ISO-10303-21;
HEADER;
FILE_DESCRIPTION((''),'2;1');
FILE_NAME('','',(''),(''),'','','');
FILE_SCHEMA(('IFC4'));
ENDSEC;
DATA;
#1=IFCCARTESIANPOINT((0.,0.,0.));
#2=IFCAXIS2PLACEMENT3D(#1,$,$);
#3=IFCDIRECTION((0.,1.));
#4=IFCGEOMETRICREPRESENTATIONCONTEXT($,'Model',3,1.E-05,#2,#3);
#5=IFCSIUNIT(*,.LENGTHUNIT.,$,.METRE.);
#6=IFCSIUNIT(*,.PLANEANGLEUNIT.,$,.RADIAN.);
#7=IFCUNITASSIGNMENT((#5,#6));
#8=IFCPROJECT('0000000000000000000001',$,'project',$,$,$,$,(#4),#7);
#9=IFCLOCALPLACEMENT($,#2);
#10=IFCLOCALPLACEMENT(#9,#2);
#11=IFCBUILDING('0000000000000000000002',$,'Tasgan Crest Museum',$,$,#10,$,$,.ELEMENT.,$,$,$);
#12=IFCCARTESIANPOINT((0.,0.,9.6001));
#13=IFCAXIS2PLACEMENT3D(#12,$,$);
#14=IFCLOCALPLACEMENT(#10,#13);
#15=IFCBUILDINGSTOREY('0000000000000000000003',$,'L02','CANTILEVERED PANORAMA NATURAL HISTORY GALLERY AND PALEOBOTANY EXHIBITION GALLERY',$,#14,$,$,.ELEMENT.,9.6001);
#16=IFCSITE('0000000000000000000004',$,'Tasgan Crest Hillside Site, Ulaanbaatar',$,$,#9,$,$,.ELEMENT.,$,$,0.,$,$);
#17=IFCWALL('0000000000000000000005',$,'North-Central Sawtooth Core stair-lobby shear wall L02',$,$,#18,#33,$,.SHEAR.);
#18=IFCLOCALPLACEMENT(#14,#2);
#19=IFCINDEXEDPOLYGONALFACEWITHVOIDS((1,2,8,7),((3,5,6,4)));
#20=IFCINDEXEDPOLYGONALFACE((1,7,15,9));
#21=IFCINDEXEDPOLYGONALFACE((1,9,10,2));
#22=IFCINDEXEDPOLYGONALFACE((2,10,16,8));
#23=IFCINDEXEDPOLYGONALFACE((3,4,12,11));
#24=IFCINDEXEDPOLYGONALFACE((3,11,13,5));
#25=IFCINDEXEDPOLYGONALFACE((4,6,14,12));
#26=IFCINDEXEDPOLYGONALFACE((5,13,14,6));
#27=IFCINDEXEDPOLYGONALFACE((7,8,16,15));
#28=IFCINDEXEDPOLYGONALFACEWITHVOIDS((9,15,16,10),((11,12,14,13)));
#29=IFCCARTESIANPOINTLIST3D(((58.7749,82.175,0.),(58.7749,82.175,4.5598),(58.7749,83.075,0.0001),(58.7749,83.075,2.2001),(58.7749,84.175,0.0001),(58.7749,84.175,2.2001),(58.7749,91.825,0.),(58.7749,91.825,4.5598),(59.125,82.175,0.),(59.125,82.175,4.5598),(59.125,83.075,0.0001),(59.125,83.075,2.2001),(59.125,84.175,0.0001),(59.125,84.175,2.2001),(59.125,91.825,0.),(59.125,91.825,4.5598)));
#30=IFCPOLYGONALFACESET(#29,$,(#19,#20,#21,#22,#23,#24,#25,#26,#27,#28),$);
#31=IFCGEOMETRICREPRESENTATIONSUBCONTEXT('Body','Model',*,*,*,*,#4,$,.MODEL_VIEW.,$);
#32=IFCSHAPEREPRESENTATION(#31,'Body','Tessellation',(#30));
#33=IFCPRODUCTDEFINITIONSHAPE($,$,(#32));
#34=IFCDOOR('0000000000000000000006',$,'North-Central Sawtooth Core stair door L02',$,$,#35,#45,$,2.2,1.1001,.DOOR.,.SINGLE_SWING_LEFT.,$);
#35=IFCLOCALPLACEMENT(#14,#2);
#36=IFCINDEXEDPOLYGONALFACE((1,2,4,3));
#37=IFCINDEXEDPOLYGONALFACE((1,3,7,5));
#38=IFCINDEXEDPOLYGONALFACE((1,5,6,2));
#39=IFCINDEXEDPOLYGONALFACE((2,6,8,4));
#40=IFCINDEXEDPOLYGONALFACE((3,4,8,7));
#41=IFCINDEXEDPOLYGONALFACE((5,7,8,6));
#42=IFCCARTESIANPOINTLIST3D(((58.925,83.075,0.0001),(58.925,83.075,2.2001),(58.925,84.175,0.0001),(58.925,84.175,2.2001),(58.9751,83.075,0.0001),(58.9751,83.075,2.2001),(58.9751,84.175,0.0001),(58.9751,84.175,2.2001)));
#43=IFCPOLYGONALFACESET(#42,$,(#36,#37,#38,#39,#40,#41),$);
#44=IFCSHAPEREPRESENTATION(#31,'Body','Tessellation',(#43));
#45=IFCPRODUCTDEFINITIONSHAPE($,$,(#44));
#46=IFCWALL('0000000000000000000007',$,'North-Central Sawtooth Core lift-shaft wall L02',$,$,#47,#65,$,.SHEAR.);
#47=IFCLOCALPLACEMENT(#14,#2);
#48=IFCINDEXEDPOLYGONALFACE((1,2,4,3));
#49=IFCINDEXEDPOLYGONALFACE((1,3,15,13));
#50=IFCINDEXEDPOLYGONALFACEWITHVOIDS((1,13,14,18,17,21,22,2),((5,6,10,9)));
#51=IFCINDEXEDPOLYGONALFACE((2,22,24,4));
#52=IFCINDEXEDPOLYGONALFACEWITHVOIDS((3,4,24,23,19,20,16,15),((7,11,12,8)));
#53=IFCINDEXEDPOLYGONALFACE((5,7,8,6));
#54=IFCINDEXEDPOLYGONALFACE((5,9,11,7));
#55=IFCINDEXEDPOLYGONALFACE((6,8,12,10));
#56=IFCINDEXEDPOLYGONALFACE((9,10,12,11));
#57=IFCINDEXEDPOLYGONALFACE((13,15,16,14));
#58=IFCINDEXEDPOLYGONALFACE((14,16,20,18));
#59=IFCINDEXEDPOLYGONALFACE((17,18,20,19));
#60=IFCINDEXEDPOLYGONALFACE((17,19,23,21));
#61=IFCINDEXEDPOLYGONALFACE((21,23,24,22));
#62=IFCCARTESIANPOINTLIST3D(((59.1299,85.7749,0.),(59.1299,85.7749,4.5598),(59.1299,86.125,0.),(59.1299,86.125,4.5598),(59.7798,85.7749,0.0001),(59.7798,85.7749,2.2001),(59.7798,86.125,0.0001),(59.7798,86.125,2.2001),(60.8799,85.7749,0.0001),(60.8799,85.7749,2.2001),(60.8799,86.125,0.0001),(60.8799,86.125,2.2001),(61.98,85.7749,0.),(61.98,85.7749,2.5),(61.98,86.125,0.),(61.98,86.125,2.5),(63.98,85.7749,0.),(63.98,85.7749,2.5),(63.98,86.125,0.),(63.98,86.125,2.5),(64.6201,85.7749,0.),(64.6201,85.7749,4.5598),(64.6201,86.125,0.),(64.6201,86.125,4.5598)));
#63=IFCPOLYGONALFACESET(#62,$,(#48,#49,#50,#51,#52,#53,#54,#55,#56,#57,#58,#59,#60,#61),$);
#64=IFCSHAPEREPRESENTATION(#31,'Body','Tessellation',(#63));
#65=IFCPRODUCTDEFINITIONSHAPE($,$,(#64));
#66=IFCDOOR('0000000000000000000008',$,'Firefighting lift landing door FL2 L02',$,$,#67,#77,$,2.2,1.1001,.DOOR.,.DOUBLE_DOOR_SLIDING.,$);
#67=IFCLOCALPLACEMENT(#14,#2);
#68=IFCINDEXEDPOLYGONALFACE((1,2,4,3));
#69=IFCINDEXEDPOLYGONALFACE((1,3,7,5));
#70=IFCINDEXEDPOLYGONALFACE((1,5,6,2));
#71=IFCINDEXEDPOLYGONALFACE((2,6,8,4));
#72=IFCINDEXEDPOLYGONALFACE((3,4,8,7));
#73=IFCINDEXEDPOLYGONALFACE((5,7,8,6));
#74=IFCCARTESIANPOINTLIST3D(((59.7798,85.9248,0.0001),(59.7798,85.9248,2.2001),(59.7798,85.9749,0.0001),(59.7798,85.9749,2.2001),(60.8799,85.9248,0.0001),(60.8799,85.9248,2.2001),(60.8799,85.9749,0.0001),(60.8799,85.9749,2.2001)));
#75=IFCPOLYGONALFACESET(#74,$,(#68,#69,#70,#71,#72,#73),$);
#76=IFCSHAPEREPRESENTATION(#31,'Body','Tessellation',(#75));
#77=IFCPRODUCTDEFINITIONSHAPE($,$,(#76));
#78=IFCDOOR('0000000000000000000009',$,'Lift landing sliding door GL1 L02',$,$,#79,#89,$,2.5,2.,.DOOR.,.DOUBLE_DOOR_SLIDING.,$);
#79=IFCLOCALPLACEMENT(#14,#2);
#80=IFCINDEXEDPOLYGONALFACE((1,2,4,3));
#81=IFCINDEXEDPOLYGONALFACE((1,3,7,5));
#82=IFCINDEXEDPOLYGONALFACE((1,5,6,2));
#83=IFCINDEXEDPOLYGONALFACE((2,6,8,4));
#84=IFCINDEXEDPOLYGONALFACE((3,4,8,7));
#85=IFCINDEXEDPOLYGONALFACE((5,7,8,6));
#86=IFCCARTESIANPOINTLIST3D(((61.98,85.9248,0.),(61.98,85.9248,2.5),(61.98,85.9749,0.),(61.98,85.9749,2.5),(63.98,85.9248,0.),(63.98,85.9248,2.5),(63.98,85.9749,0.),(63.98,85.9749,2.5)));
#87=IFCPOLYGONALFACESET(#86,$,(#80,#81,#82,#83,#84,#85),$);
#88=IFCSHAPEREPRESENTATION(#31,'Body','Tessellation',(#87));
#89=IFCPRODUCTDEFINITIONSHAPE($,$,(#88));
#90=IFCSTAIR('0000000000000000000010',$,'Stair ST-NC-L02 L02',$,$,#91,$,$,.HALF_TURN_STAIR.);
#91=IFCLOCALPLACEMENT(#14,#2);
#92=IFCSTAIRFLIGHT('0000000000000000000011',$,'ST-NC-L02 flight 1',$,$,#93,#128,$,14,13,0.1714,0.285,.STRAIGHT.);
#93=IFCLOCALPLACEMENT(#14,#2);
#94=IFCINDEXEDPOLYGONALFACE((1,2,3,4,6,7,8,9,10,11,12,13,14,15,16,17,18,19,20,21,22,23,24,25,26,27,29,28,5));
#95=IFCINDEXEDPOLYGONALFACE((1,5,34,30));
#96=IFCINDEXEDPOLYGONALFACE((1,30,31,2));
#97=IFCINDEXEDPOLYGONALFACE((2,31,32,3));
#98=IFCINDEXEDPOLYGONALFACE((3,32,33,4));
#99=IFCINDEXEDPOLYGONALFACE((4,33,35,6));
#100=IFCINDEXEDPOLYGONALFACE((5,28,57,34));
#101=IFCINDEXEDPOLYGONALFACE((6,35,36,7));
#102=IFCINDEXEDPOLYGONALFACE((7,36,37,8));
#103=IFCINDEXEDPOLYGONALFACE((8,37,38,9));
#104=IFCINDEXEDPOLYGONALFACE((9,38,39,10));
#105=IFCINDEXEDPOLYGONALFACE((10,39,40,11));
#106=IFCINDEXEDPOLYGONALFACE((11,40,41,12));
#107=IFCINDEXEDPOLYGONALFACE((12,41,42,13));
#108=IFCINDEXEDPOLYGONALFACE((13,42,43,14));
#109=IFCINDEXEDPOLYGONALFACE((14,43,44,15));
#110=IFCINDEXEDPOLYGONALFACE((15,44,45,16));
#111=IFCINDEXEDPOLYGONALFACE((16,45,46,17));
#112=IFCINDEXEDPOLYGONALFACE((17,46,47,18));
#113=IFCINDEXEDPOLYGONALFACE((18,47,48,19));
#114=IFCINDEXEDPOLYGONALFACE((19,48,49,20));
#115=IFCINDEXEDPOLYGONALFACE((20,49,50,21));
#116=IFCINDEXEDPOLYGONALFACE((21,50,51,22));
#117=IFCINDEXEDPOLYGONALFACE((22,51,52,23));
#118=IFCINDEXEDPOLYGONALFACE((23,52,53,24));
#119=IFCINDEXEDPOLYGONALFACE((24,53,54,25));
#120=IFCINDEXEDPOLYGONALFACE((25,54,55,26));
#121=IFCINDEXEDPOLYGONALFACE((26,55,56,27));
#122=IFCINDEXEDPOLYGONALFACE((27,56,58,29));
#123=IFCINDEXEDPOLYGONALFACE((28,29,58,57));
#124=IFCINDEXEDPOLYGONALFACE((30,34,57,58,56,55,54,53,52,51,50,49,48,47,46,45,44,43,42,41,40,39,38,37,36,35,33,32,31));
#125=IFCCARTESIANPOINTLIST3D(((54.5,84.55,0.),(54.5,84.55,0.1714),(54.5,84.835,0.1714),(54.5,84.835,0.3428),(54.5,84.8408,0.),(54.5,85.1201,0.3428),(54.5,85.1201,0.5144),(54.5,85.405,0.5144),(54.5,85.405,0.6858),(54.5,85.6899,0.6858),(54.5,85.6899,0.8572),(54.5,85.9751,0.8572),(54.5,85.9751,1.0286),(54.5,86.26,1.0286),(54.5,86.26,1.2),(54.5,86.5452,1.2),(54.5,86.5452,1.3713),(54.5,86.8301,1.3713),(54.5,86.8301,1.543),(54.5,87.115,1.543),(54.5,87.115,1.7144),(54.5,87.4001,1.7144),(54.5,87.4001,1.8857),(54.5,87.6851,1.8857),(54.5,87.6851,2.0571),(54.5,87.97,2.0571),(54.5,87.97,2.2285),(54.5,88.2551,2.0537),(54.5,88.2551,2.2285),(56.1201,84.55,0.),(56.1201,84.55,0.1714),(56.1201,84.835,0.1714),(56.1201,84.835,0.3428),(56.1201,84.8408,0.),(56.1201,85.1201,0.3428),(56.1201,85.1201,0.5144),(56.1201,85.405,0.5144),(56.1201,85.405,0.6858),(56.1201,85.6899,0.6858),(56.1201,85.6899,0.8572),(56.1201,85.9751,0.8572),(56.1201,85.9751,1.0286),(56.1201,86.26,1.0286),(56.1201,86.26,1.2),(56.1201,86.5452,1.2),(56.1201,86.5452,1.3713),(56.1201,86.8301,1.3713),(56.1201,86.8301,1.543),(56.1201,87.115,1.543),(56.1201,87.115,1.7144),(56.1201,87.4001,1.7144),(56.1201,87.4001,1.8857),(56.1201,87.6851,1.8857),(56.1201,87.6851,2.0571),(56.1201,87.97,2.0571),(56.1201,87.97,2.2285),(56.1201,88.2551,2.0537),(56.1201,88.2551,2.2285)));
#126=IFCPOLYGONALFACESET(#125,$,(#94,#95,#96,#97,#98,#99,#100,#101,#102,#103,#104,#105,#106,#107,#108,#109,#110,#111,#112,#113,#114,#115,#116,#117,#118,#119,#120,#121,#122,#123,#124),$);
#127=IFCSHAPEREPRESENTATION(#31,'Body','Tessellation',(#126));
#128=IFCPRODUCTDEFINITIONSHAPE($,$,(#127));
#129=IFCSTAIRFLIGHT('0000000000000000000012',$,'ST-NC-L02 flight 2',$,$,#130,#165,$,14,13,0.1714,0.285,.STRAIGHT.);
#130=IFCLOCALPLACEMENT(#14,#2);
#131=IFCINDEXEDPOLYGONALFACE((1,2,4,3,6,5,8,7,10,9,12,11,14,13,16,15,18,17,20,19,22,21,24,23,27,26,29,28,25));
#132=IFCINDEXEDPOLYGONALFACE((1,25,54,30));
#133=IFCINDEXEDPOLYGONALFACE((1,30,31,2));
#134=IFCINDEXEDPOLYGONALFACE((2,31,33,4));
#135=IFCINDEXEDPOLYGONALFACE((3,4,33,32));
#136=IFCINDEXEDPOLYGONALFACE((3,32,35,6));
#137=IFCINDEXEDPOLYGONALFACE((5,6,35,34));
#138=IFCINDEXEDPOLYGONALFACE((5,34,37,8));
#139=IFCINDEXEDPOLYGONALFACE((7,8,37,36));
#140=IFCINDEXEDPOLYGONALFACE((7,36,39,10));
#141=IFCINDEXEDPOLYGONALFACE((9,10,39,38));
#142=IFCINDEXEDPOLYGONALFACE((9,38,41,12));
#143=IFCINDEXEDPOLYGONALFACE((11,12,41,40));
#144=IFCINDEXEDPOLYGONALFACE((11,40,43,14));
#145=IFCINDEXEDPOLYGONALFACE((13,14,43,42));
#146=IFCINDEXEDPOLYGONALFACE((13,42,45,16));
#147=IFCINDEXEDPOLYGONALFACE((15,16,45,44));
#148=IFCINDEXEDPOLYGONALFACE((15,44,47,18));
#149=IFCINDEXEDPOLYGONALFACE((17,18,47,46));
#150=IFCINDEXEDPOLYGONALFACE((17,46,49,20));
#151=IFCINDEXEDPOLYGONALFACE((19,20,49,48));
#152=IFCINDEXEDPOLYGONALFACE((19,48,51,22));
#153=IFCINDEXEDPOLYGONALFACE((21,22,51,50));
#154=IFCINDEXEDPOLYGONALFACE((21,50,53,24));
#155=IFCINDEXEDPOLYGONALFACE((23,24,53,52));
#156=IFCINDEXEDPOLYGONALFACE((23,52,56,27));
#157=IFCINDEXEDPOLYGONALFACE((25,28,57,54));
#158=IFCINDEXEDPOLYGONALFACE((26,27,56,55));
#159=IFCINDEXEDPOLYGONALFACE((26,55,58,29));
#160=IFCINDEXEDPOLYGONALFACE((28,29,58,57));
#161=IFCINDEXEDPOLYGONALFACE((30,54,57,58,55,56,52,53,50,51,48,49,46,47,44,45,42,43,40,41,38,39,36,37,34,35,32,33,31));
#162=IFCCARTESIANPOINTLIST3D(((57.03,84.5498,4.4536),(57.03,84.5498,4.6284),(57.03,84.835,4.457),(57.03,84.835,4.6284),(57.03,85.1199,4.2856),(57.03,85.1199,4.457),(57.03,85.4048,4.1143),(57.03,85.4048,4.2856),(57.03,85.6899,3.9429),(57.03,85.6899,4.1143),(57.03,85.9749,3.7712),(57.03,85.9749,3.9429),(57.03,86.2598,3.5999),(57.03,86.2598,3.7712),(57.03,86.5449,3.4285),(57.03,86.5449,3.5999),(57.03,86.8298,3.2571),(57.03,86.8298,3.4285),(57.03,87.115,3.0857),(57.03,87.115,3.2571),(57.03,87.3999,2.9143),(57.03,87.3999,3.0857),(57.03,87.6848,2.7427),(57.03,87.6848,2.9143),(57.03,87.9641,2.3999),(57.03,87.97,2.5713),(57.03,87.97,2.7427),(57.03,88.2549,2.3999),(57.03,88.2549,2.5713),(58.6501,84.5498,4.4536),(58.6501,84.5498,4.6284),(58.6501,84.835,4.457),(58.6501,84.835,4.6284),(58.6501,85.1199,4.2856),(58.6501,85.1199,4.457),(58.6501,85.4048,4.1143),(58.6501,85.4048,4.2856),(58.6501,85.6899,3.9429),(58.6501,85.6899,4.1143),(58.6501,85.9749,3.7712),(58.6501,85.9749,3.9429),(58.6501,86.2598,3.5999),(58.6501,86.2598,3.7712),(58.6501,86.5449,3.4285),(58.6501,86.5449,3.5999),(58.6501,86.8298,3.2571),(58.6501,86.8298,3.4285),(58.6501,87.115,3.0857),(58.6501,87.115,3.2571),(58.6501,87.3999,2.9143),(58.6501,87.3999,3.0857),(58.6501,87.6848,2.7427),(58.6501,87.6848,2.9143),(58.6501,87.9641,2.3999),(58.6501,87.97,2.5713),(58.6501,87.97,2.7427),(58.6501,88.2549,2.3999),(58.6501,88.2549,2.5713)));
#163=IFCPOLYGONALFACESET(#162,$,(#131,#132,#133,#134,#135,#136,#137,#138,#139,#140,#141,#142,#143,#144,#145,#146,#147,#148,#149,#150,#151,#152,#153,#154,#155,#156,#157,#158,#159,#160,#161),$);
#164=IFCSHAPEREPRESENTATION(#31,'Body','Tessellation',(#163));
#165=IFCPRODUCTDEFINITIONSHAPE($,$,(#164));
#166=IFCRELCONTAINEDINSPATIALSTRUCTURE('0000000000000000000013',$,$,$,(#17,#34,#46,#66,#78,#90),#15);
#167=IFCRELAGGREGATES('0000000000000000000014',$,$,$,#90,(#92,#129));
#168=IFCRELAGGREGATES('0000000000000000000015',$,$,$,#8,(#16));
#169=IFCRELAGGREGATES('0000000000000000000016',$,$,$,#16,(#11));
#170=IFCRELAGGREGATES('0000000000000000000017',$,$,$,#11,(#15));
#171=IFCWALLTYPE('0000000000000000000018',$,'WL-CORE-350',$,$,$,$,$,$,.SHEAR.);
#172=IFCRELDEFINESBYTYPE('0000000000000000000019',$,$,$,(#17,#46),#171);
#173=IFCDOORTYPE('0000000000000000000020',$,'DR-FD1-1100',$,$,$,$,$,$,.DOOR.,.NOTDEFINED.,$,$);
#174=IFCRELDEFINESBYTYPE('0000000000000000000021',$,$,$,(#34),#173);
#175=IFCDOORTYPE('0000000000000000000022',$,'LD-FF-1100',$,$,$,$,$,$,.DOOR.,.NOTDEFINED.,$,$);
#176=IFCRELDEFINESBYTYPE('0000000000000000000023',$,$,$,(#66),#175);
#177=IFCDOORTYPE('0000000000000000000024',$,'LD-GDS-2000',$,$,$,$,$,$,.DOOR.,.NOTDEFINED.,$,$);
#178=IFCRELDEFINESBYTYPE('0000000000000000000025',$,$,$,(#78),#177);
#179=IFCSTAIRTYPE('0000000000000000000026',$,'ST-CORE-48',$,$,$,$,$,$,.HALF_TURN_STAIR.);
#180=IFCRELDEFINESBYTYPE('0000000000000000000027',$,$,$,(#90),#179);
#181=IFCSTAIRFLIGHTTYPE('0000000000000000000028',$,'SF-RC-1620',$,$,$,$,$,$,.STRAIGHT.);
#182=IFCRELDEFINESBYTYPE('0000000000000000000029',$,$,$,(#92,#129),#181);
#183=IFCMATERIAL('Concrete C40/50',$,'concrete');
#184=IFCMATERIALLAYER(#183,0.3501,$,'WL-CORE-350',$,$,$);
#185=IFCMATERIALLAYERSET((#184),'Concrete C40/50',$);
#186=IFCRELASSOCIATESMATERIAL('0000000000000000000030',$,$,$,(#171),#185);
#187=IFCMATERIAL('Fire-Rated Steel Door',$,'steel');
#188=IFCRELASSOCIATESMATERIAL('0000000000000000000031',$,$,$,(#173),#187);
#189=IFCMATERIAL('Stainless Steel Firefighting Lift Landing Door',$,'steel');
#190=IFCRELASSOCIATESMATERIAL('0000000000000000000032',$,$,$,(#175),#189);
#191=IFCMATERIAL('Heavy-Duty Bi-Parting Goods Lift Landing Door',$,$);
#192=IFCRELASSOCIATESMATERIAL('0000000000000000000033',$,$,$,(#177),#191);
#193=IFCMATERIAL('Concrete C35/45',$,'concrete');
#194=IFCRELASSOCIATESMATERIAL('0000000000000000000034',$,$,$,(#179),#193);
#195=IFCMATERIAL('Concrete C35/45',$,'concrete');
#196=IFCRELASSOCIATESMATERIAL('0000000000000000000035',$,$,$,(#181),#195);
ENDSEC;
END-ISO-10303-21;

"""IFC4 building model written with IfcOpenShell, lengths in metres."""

from ifc_helpers import new_model, si_unit, direction, frame, frame_2d, origin, place, context, subcontext, project, spatial, polyline, rectangle, outline, extrude, material, layer, layer_set, type_object, element, fill, aggregate, save


model = new_model("IFC4")

# Units and contexts
model_context = context("Model", 3, precision=1e-05, world=origin(), true_north=direction((0.0, 1.0)))
body_context = subcontext(model_context, "Body", "Model", "MODEL_VIEW")
ifc_project = project(units=[si_unit("LENGTHUNIT", "METRE"), si_unit("PLANEANGLEUNIT", "RADIAN")], contexts=[model_context])

# Site, building, storey
site_placement = place(None, origin())
site = spatial("IfcSite", under=ifc_project, at=site_placement, Name="Tasgan Crest Hillside Site, Ulaanbaatar", CompositionType="ELEMENT", RefElevation=0.0)
building_placement = place(site_placement, origin())
building = spatial("IfcBuilding", under=site, at=building_placement, Name="Tasgan Crest Museum", CompositionType="ELEMENT")
storey_placement = place(building_placement, frame((0.0, 0.0, 9.6001)))
storey = spatial("IfcBuildingStorey", under=building, at=storey_placement, Name="L02", Description="CANTILEVERED PANORAMA NATURAL HISTORY GALLERY AND PALEOBOTANY EXHIBITION GALLERY", CompositionType="ELEMENT", Elevation=9.6001)

# Shared definitions
ifc_material_1 = material(Name="Concrete C40/50", Category="concrete")
ifc_layer_1 = layer(ifc_material_1, 0.3501, Name="WL-CORE-350")
ifc_layer_set_1 = layer_set([ifc_layer_1], Name="Concrete C40/50")
wall_type = type_object("IfcWallType", Name="WL-CORE-350", PredefinedType="SHEAR", material=ifc_layer_set_1)

# Wall, opening, door
wall_1_placement = place(storey_placement, frame((58.95, 82.175, 0.0), z_axis=(0.0, 0.0, 1.0), x_axis=(0.0, 1.0, 0.0)))
wall_1 = element("IfcWall", 1, at=wall_1_placement, inside=storey, type_object=wall_type, Name="North-Central Sawtooth Core stair-lobby shear wall L02", PredefinedType="SHEAR", context=body_context, shape_type="SweptSolid", body=[
    extrude(rectangle(XDim=9.6499, YDim=0.3501, at=frame_2d((4.825, 0.0))), origin(), (0.0, 0.0, 1.0), 4.5598),
])
opening_1_placement = place(wall_1_placement, frame((0.8999, 0.0, 0.0)))
opening_1 = element("IfcOpeningElement", 2, at=opening_1_placement, cuts=wall_1, PredefinedType="OPENING", context=body_context, shape_type="SweptSolid", body=[
    extrude(rectangle(XDim=1.1001, YDim=2.2, at=frame_2d((0.55, 1.1001))), frame((0.0, 0.1851, 0.0), z_axis=(0.0, -1.0, 0.0), x_axis=(1.0, 0.0, 0.0)), (0.0, 0.0, 1.0), 0.3701),
])
ifc_material_2 = material(Name="Fire-Rated Steel Door", Category="steel")
door_type_1 = type_object("IfcDoorType", Name="DR-FD1-1100", OperationType="NOTDEFINED", PredefinedType="DOOR", material=ifc_material_2)
door_1_placement = place(opening_1_placement, origin())
door_1 = element("IfcDoor", 3, at=door_1_placement, inside=storey, type_object=door_type_1, Name="North-Central Sawtooth Core stair door L02", OperationType="SINGLE_SWING_LEFT", OverallHeight=2.2, OverallWidth=1.1001, PredefinedType="DOOR", context=body_context, shape_type="SweptSolid", body=[
    extrude(rectangle(XDim=1.1001, YDim=2.2, at=frame_2d((0.55, 1.1001))), frame((0.0, 0.0249, 0.0), z_axis=(0.0, -1.0, 0.0), x_axis=(1.0, 0.0, 0.0)), (0.0, 0.0, 1.0), 0.05),
])
fill(opening_1, door_1)

# Wall, openings, doors
wall_2_placement = place(storey_placement, frame((59.1299, 85.95, 0.0), z_axis=(0.0, 0.0, 1.0), x_axis=(1.0, 0.0, 0.0)))
wall_2 = element("IfcWall", 4, at=wall_2_placement, inside=storey, type_object=wall_type, Name="North-Central Sawtooth Core lift-shaft wall L02", PredefinedType="SHEAR", context=body_context, shape_type="SweptSolid", body=[
    extrude(rectangle(XDim=5.4902, YDim=0.3501, at=frame_2d((2.7451, 0.0))), origin(), (0.0, 0.0, 1.0), 4.5598),
])
opening_2_placement = place(wall_2_placement, frame((0.6499, 0.0, 0.0)))
opening_2 = element("IfcOpeningElement", 5, at=opening_2_placement, cuts=wall_2, PredefinedType="OPENING", context=body_context, shape_type="SweptSolid", body=[
    extrude(rectangle(XDim=1.1001, YDim=2.2, at=frame_2d((0.55, 1.1001))), frame((0.0, 0.1851, 0.0), z_axis=(0.0, -1.0, 0.0), x_axis=(1.0, 0.0, 0.0)), (0.0, 0.0, 1.0), 0.3701),
])
opening_3_placement = place(wall_2_placement, frame((2.8501, 0.0, 0.0)))
opening_3 = element("IfcOpeningElement", 6, at=opening_3_placement, cuts=wall_2, PredefinedType="OPENING", context=body_context, shape_type="SweptSolid", body=[
    extrude(rectangle(XDim=2.0, YDim=2.5, at=frame_2d((1.0, 1.25))), frame((0.0, 0.1851, 0.0), z_axis=(0.0, -1.0, 0.0), x_axis=(1.0, 0.0, 0.0)), (0.0, 0.0, 1.0), 0.3701),
])
ifc_material_3 = material(Name="Stainless Steel Firefighting Lift Landing Door", Category="steel")
door_type_2 = type_object("IfcDoorType", Name="LD-FF-1100", OperationType="NOTDEFINED", PredefinedType="DOOR", material=ifc_material_3)
door_2_placement = place(opening_2_placement, origin())
door_2 = element("IfcDoor", 7, at=door_2_placement, inside=storey, type_object=door_type_2, Name="Firefighting lift landing door FL2 L02", OperationType="DOUBLE_DOOR_SLIDING", OverallHeight=2.2, OverallWidth=1.1001, PredefinedType="DOOR", context=body_context, shape_type="SweptSolid", body=[
    extrude(rectangle(XDim=1.1001, YDim=2.2, at=frame_2d((0.55, 1.1001))), frame((0.0, 0.0249, 0.0), z_axis=(0.0, -1.0, 0.0), x_axis=(1.0, 0.0, 0.0)), (0.0, 0.0, 1.0), 0.05),
])
fill(opening_2, door_2)
ifc_material_4 = material(Name="Heavy-Duty Bi-Parting Goods Lift Landing Door")
door_type_3 = type_object("IfcDoorType", Name="LD-GDS-2000", OperationType="NOTDEFINED", PredefinedType="DOOR", material=ifc_material_4)
door_3_placement = place(opening_3_placement, origin())
door_3 = element("IfcDoor", 8, at=door_3_placement, inside=storey, type_object=door_type_3, Name="Lift landing sliding door GL1 L02", OperationType="DOUBLE_DOOR_SLIDING", OverallHeight=2.5, OverallWidth=2.0, PredefinedType="DOOR", context=body_context, shape_type="SweptSolid", body=[
    extrude(rectangle(XDim=2.0, YDim=2.5, at=frame_2d((1.0, 1.25))), frame((0.0, 0.0249, 0.0), z_axis=(0.0, -1.0, 0.0), x_axis=(1.0, 0.0, 0.0)), (0.0, 0.0, 1.0), 0.05),
])
fill(opening_3, door_3)

# Stair, stair flights
ifc_material_5 = material(Name="Concrete C35/45", Category="concrete")
stair_type = type_object("IfcStairType", Name="ST-CORE-48", PredefinedType="HALF_TURN_STAIR", material=ifc_material_5)
stair_placement = place(storey_placement, origin())
stair = element("IfcStair", 9, at=stair_placement, inside=storey, type_object=stair_type, Name="Stair ST-NC-L02 L02", PredefinedType="HALF_TURN_STAIR")
ifc_material_6 = material(Name="Concrete C35/45", Category="concrete")
stair_flight_type = type_object("IfcStairFlightType", Name="SF-RC-1620", PredefinedType="STRAIGHT", material=ifc_material_6)
stair_flight_1_placement = place(storey_placement, frame((55.3101, 84.55, 0.0), z_axis=(0.0, 0.0, 1.0), x_axis=(0.0, 1.0, 0.0)))
stair_flight_1 = element("IfcStairFlight", 10, at=stair_flight_1_placement, type_object=stair_flight_type, Name="ST-NC-L02 flight 1", NumberOfRisers=14, NumberOfTreads=13, PredefinedType="STRAIGHT", RiserHeight=0.1714, TreadLength=0.285, context=body_context, shape_type="SweptSolid", body=[
    extrude(outline(polyline([(0.0, 0.0), (0.0, 0.1714), (0.2849, 0.1714), (0.2849, 0.3428), (0.5701, 0.3428), (0.5701, 0.5144), (0.855, 0.5144), (0.855, 0.6858), (1.1399, 0.6858), (1.1399, 0.8572), (1.425, 0.8572), (1.425, 1.0286), (1.71, 1.0286), (1.71, 1.2), (1.9951, 1.2), (1.9951, 1.3713), (2.28, 1.3713), (2.28, 1.543), (2.5649, 1.543), (2.5649, 1.7144), (2.8501, 1.7144), (2.8501, 1.8857), (3.135, 1.8857), (3.135, 2.0571), (3.4199, 2.0571), (3.4199, 2.2285), (3.7051, 2.2285), (3.7051, 2.3999), (3.7051, 2.0537), (0.2908, 0.0), (0.0, 0.0)])), frame((0.0, 0.8101, 0.0), z_axis=(0.0, -1.0, 0.0), x_axis=(1.0, 0.0, 0.0)), (0.0, 0.0, 1.0), 1.6201),
])
stair_flight_2_placement = place(storey_placement, frame((57.8401, 88.2549, 2.3999), z_axis=(0.0, 0.0, 1.0), x_axis=(0.0, -1.0, 0.0)))
stair_flight_2 = element("IfcStairFlight", 11, at=stair_flight_2_placement, type_object=stair_flight_type, Name="ST-NC-L02 flight 2", NumberOfRisers=14, NumberOfTreads=13, PredefinedType="STRAIGHT", RiserHeight=0.1714, TreadLength=0.285, context=body_context, shape_type="SweptSolid", body=[
    extrude(outline(polyline([(0.0, 0.0), (0.0, 0.1714), (0.2849, 0.1714), (0.2849, 0.3428), (0.5701, 0.3428), (0.5701, 0.5144), (0.855, 0.5144), (0.855, 0.6858), (1.1399, 0.6858), (1.1399, 0.8572), (1.425, 0.8572), (1.425, 1.0286), (1.71, 1.0286), (1.71, 1.2), (1.9951, 1.2), (1.9951, 1.3713), (2.28, 1.3713), (2.28, 1.543), (2.5649, 1.543), (2.5649, 1.7144), (2.8501, 1.7144), (2.8501, 1.8857), (3.135, 1.8857), (3.135, 2.0571), (3.4199, 2.0571), (3.4199, 2.2285), (3.7051, 2.2285), (3.7051, 2.3999), (3.7051, 2.0537), (0.2908, 0.0), (0.0, 0.0)])), frame((0.0, 0.8101, 0.0), z_axis=(0.0, -1.0, 0.0), x_axis=(1.0, 0.0, 0.0)), (0.0, 0.0, 1.0), 1.6201),
])
aggregate(stair, [stair_flight_1, stair_flight_2])

save(model, "model.ifc")
